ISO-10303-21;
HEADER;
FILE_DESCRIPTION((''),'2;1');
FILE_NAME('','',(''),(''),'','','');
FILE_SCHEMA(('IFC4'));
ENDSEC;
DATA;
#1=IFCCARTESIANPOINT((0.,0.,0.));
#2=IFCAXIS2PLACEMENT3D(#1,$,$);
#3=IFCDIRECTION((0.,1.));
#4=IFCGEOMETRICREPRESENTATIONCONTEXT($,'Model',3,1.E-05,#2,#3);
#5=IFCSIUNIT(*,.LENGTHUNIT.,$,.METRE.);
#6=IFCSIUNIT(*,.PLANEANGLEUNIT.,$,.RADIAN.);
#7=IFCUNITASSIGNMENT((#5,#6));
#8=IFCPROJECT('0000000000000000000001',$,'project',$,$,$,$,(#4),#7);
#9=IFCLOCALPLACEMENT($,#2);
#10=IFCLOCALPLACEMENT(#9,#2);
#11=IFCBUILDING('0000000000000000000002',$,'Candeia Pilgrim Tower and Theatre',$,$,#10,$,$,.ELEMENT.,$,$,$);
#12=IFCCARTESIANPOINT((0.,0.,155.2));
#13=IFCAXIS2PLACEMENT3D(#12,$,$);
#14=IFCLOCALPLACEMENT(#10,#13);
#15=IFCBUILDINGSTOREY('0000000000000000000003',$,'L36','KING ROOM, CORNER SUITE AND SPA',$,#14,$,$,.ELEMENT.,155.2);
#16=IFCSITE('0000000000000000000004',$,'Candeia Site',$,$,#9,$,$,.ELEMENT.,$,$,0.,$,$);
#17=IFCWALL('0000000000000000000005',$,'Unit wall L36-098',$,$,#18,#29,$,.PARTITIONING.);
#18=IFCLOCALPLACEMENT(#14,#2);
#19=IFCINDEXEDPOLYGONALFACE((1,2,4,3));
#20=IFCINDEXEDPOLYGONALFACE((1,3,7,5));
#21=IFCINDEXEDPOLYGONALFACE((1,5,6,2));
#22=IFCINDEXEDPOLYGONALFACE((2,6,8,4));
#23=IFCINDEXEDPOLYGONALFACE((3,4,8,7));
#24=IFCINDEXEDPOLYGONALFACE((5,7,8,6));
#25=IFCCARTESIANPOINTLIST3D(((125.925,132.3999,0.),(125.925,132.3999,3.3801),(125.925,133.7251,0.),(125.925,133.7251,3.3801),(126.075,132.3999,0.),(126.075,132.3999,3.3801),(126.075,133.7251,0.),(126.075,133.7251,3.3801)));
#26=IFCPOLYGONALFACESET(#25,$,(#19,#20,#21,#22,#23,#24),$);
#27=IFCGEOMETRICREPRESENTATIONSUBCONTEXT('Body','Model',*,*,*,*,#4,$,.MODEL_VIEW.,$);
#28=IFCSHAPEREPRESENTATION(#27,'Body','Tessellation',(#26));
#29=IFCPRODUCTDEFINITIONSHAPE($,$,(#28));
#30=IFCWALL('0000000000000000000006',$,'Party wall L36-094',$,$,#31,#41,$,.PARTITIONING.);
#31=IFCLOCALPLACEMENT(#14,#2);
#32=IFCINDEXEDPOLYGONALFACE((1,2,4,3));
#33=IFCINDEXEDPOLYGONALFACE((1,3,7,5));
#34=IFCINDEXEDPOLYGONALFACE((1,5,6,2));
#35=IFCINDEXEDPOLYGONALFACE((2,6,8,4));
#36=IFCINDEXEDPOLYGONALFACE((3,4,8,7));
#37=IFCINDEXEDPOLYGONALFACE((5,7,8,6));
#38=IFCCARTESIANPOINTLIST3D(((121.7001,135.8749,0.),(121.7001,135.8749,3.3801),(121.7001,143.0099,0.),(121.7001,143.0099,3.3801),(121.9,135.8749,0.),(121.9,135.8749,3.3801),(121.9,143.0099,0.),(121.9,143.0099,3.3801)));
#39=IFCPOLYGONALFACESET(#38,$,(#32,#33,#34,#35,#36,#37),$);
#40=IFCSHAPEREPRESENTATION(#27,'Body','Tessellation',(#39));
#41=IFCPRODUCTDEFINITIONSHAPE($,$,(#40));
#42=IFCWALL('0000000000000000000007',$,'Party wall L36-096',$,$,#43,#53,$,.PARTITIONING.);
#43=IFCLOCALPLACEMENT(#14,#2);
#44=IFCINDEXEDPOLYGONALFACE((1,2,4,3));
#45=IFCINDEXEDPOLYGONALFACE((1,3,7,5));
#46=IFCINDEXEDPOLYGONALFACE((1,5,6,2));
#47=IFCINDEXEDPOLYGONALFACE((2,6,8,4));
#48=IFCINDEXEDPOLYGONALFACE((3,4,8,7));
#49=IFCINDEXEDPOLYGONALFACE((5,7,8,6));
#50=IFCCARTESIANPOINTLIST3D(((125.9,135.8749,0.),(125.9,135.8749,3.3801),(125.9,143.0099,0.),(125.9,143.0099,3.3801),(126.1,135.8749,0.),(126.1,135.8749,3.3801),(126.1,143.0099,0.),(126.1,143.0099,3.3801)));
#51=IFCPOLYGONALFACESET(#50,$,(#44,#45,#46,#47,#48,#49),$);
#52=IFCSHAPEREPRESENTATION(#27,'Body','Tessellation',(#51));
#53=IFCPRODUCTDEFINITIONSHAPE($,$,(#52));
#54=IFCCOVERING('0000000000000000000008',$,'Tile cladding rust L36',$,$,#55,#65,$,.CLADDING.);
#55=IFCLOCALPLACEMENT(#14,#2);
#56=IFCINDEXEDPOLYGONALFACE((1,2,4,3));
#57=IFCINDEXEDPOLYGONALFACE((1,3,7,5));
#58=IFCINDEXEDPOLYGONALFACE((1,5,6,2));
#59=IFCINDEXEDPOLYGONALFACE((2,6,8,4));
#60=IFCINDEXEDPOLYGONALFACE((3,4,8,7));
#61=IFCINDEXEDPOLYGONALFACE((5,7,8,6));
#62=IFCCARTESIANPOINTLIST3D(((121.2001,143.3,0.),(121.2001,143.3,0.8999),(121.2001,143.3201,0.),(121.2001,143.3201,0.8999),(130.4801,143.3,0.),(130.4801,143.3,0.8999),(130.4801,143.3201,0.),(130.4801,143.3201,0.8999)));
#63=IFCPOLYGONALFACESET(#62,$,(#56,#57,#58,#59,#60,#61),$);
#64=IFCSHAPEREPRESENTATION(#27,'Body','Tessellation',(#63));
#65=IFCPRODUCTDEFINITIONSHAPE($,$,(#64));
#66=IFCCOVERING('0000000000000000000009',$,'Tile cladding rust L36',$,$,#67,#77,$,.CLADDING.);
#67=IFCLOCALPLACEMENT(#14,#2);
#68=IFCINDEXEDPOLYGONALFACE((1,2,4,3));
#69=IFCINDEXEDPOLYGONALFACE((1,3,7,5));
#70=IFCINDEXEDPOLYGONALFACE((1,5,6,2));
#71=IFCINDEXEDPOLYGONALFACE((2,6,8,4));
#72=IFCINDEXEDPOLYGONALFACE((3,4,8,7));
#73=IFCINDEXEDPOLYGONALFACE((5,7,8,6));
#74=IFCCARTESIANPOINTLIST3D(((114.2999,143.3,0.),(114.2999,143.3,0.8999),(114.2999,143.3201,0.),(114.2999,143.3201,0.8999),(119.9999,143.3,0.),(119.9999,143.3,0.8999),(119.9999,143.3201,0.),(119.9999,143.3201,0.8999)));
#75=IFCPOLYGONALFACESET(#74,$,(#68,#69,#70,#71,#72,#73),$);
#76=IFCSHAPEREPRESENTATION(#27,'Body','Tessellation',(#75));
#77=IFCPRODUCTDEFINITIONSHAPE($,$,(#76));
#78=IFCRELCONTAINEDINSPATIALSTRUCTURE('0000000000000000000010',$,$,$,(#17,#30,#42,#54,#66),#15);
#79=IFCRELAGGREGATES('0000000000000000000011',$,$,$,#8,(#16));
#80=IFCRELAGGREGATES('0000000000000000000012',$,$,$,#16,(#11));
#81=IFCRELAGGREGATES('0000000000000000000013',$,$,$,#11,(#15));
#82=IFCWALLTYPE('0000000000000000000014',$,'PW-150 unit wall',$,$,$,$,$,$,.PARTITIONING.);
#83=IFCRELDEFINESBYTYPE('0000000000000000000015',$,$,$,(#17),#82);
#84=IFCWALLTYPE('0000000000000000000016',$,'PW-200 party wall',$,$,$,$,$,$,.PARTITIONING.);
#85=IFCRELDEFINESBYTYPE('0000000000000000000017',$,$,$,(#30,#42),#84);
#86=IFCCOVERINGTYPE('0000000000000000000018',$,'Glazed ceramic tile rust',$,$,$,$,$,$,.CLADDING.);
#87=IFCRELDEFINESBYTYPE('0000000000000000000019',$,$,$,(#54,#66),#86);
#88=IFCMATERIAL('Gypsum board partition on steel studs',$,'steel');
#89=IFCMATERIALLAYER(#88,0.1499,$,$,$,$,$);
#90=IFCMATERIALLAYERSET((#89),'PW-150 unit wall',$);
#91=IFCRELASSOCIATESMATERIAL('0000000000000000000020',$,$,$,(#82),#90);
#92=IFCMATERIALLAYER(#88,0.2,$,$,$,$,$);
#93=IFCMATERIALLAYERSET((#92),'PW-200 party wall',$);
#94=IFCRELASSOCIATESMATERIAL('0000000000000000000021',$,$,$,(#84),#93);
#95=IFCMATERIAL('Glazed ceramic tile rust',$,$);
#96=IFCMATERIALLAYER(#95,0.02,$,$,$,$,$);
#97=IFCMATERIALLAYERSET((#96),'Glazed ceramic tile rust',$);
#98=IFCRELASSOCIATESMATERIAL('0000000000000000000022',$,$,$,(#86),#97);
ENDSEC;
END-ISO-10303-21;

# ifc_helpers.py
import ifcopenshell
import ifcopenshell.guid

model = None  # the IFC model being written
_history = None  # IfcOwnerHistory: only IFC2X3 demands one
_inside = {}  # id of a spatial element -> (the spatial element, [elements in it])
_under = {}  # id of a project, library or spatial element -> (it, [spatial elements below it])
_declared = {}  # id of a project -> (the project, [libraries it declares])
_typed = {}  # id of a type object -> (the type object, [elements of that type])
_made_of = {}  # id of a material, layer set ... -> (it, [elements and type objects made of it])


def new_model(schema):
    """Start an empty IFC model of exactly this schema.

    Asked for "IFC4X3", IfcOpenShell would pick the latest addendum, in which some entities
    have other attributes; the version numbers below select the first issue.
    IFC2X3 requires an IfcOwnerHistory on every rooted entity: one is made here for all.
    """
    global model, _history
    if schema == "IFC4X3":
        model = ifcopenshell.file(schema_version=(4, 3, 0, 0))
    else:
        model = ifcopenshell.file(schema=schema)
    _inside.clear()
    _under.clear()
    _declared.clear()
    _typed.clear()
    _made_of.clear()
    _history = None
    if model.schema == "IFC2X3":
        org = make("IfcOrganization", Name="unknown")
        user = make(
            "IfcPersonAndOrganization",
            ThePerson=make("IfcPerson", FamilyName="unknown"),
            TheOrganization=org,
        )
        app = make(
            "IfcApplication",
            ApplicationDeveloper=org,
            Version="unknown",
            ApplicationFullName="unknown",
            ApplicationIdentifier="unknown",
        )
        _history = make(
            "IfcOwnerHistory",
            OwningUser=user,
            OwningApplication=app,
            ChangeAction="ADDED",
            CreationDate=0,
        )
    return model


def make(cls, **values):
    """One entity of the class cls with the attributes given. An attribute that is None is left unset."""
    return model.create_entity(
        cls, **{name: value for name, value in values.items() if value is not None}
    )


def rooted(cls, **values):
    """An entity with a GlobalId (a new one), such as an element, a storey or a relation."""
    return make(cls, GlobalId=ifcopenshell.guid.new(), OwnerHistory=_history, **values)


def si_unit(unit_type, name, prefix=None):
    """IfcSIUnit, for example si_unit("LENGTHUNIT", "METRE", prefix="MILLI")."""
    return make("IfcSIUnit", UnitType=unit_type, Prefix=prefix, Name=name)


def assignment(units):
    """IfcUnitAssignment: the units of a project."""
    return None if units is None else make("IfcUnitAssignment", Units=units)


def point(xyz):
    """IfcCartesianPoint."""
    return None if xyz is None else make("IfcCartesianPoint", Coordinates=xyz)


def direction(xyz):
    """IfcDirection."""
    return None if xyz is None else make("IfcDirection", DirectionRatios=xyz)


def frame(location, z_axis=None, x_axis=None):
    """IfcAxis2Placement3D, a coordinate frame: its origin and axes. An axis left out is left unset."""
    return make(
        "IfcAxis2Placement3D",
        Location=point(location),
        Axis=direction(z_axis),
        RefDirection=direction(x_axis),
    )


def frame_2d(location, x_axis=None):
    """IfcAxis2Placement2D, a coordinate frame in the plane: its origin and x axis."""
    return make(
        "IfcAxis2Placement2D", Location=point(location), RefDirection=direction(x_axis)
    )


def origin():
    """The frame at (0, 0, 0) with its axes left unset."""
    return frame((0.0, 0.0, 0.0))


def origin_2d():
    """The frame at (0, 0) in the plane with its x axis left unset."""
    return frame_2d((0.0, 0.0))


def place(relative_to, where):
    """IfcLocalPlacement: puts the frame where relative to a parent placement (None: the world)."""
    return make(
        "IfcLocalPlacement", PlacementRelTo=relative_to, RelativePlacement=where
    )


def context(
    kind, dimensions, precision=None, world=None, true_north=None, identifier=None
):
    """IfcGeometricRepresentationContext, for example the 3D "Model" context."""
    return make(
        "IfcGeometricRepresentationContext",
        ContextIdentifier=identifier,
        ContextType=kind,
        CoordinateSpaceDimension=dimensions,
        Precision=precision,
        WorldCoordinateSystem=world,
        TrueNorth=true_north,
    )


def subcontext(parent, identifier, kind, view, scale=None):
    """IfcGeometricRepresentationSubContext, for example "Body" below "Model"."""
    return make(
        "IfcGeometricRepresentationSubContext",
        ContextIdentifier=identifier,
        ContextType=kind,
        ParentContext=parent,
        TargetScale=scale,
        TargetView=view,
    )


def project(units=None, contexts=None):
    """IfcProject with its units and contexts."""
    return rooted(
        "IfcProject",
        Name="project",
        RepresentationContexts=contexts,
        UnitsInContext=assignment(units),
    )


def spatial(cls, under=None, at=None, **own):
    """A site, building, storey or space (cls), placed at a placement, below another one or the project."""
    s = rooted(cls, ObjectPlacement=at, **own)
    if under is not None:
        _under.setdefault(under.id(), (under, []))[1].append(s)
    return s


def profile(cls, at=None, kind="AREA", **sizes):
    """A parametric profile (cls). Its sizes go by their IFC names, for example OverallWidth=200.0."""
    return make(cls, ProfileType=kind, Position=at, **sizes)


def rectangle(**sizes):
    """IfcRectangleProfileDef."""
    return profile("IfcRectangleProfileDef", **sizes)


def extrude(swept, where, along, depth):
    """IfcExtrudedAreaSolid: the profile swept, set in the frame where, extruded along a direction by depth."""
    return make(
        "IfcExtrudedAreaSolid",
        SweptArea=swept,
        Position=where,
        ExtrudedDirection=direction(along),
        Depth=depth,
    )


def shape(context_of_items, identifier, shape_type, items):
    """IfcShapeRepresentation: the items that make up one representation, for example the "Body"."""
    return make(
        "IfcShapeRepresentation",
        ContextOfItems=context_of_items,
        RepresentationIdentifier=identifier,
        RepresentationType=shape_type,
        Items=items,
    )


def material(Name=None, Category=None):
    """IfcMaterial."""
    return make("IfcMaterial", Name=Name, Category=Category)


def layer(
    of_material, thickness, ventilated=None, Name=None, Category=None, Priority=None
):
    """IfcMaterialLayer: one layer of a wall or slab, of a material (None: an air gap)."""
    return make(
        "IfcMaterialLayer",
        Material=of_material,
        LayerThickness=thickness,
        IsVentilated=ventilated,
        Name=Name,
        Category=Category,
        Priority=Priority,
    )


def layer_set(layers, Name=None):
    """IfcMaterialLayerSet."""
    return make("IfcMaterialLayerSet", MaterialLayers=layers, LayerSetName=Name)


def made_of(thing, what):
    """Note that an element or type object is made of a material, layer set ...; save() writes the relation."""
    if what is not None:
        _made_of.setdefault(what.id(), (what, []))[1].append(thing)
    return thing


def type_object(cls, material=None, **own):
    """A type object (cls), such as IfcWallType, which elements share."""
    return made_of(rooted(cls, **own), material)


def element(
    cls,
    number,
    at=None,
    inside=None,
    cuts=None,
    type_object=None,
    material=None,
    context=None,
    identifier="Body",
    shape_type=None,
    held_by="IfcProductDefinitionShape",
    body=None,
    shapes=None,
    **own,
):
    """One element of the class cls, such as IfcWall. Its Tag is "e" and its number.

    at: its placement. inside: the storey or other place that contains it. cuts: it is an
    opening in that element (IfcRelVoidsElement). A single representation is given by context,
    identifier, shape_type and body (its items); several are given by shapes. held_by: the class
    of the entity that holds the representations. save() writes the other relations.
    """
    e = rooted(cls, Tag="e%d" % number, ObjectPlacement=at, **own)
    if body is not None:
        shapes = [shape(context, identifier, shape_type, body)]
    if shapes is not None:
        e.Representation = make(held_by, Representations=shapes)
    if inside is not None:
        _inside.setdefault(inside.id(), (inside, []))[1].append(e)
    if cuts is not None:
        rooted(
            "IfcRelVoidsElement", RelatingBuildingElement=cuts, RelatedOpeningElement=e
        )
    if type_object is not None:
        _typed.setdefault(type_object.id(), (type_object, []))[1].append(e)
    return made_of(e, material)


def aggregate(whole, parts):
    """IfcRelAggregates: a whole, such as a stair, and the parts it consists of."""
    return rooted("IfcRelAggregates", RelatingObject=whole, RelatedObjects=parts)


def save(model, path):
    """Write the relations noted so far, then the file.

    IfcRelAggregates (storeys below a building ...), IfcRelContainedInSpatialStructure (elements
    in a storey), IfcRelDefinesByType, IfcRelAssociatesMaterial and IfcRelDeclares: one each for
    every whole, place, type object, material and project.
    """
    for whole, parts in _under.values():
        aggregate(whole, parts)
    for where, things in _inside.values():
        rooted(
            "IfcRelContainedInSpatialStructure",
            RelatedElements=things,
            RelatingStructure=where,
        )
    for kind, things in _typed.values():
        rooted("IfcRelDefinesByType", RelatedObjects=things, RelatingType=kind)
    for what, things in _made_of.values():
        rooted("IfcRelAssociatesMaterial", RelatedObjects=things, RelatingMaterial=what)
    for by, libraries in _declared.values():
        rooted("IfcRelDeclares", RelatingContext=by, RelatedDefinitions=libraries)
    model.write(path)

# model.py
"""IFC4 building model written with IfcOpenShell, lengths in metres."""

from ifc_helpers import new_model, si_unit, direction, frame, frame_2d, origin, origin_2d, place, context, subcontext, project, spatial, rectangle, extrude, material, layer, layer_set, type_object, element, save


model = new_model("IFC4")

# Units and contexts
model_context = context("Model", 3, precision=1e-05, world=origin(), true_north=direction((0.0, 1.0)))
body_context = subcontext(model_context, "Body", "Model", "MODEL_VIEW")
ifc_project = project(units=[si_unit("LENGTHUNIT", "METRE"), si_unit("PLANEANGLEUNIT", "RADIAN")], contexts=[model_context])

# Site, building, storey
site_placement = place(None, origin())
site = spatial("IfcSite", under=ifc_project, at=site_placement, Name="Candeia Site", CompositionType="ELEMENT", RefElevation=0.0)
building_placement = place(site_placement, origin())
building = spatial("IfcBuilding", under=site, at=building_placement, Name="Candeia Pilgrim Tower and Theatre", CompositionType="ELEMENT")
storey_placement = place(building_placement, frame((0.0, 0.0, 155.2)))
storey = spatial("IfcBuildingStorey", under=building, at=storey_placement, Name="L36", Description="KING ROOM, CORNER SUITE AND SPA", CompositionType="ELEMENT", Elevation=155.2)

# Shared definitions
ifc_material_1 = material(Name="Gypsum board partition on steel studs", Category="steel")

# Walls
ifc_layer_1 = layer(ifc_material_1, 0.1499)
ifc_layer_set_1 = layer_set([ifc_layer_1], Name="PW-150 unit wall")
wall_type_1 = type_object("IfcWallType", Name="PW-150 unit wall", PredefinedType="PARTITIONING", material=ifc_layer_set_1)
wall_1_placement = place(storey_placement, frame((126.0, 132.3999, 0.0), z_axis=(0.0, 0.0, 1.0), x_axis=(0.0, 1.0, 0.0)))
element("IfcWall", 1, at=wall_1_placement, inside=storey, type_object=wall_type_1, Name="Unit wall L36-098", PredefinedType="PARTITIONING", context=body_context, shape_type="SweptSolid", body=[
    extrude(rectangle(XDim=1.3252, YDim=0.1499, at=frame_2d((0.6626, 0.0))), origin(), (0.0, 0.0, 1.0), 3.3801),
])
ifc_layer_2 = layer(ifc_material_1, 0.2)
ifc_layer_set_2 = layer_set([ifc_layer_2], Name="PW-200 party wall")
wall_type_2 = type_object("IfcWallType", Name="PW-200 party wall", PredefinedType="PARTITIONING", material=ifc_layer_set_2)
for number, where, z_axis, x_axis, name in (
    (2, (121.8, 135.875, 0.0), (0.0, 0.0, 1.0), (0.0, 1.0, 0.0), "Party wall L36-094"),
    (3, (126.0, 135.875, 0.0), (0.0, 0.0, 1.0), (0.0, 1.0, 0.0), "Party wall L36-096"),
):
    element("IfcWall", number, at=place(storey_placement, frame(where, z_axis=z_axis, x_axis=x_axis)), inside=storey, type_object=wall_type_2, Name=name, PredefinedType="PARTITIONING", context=body_context, shape_type="SweptSolid", body=[
        extrude(rectangle(XDim=7.135, YDim=0.2, at=frame_2d((3.5674, 0.0))), origin(), (0.0, 0.0, 1.0), 3.3801),
    ])

# Coverings
ifc_material_2 = material(Name="Glazed ceramic tile rust")
ifc_layer_3 = layer(ifc_material_2, 0.02)
ifc_layer_set_3 = layer_set([ifc_layer_3], Name="Glazed ceramic tile rust")
covering_type = type_object("IfcCoveringType", Name="Glazed ceramic tile rust", PredefinedType="CLADDING", material=ifc_layer_set_3)
covering_1_placement = place(storey_placement, frame((125.8401, 143.3101, 0.0), z_axis=(0.0, 0.0, 1.0), x_axis=(-1.0, 0.0, 0.0)))
element("IfcCovering", 4, at=covering_1_placement, inside=storey, type_object=covering_type, Name="Tile cladding rust L36", PredefinedType="CLADDING", context=body_context, shape_type="SweptSolid", body=[
    extrude(rectangle(XDim=9.28, YDim=0.02, at=origin_2d()), origin(), (0.0, 0.0, 1.0), 0.8999),
])
covering_2_placement = place(storey_placement, frame((117.1499, 143.3101, 0.0), z_axis=(0.0, 0.0, 1.0), x_axis=(-1.0, 0.0, 0.0)))
element("IfcCovering", 5, at=covering_2_placement, inside=storey, type_object=covering_type, Name="Tile cladding rust L36", PredefinedType="CLADDING", context=body_context, shape_type="SweptSolid", body=[
    extrude(rectangle(XDim=5.7, YDim=0.02, at=origin_2d()), origin(), (0.0, 0.0, 1.0), 0.8999),
])

save(model, "model.ifc")
